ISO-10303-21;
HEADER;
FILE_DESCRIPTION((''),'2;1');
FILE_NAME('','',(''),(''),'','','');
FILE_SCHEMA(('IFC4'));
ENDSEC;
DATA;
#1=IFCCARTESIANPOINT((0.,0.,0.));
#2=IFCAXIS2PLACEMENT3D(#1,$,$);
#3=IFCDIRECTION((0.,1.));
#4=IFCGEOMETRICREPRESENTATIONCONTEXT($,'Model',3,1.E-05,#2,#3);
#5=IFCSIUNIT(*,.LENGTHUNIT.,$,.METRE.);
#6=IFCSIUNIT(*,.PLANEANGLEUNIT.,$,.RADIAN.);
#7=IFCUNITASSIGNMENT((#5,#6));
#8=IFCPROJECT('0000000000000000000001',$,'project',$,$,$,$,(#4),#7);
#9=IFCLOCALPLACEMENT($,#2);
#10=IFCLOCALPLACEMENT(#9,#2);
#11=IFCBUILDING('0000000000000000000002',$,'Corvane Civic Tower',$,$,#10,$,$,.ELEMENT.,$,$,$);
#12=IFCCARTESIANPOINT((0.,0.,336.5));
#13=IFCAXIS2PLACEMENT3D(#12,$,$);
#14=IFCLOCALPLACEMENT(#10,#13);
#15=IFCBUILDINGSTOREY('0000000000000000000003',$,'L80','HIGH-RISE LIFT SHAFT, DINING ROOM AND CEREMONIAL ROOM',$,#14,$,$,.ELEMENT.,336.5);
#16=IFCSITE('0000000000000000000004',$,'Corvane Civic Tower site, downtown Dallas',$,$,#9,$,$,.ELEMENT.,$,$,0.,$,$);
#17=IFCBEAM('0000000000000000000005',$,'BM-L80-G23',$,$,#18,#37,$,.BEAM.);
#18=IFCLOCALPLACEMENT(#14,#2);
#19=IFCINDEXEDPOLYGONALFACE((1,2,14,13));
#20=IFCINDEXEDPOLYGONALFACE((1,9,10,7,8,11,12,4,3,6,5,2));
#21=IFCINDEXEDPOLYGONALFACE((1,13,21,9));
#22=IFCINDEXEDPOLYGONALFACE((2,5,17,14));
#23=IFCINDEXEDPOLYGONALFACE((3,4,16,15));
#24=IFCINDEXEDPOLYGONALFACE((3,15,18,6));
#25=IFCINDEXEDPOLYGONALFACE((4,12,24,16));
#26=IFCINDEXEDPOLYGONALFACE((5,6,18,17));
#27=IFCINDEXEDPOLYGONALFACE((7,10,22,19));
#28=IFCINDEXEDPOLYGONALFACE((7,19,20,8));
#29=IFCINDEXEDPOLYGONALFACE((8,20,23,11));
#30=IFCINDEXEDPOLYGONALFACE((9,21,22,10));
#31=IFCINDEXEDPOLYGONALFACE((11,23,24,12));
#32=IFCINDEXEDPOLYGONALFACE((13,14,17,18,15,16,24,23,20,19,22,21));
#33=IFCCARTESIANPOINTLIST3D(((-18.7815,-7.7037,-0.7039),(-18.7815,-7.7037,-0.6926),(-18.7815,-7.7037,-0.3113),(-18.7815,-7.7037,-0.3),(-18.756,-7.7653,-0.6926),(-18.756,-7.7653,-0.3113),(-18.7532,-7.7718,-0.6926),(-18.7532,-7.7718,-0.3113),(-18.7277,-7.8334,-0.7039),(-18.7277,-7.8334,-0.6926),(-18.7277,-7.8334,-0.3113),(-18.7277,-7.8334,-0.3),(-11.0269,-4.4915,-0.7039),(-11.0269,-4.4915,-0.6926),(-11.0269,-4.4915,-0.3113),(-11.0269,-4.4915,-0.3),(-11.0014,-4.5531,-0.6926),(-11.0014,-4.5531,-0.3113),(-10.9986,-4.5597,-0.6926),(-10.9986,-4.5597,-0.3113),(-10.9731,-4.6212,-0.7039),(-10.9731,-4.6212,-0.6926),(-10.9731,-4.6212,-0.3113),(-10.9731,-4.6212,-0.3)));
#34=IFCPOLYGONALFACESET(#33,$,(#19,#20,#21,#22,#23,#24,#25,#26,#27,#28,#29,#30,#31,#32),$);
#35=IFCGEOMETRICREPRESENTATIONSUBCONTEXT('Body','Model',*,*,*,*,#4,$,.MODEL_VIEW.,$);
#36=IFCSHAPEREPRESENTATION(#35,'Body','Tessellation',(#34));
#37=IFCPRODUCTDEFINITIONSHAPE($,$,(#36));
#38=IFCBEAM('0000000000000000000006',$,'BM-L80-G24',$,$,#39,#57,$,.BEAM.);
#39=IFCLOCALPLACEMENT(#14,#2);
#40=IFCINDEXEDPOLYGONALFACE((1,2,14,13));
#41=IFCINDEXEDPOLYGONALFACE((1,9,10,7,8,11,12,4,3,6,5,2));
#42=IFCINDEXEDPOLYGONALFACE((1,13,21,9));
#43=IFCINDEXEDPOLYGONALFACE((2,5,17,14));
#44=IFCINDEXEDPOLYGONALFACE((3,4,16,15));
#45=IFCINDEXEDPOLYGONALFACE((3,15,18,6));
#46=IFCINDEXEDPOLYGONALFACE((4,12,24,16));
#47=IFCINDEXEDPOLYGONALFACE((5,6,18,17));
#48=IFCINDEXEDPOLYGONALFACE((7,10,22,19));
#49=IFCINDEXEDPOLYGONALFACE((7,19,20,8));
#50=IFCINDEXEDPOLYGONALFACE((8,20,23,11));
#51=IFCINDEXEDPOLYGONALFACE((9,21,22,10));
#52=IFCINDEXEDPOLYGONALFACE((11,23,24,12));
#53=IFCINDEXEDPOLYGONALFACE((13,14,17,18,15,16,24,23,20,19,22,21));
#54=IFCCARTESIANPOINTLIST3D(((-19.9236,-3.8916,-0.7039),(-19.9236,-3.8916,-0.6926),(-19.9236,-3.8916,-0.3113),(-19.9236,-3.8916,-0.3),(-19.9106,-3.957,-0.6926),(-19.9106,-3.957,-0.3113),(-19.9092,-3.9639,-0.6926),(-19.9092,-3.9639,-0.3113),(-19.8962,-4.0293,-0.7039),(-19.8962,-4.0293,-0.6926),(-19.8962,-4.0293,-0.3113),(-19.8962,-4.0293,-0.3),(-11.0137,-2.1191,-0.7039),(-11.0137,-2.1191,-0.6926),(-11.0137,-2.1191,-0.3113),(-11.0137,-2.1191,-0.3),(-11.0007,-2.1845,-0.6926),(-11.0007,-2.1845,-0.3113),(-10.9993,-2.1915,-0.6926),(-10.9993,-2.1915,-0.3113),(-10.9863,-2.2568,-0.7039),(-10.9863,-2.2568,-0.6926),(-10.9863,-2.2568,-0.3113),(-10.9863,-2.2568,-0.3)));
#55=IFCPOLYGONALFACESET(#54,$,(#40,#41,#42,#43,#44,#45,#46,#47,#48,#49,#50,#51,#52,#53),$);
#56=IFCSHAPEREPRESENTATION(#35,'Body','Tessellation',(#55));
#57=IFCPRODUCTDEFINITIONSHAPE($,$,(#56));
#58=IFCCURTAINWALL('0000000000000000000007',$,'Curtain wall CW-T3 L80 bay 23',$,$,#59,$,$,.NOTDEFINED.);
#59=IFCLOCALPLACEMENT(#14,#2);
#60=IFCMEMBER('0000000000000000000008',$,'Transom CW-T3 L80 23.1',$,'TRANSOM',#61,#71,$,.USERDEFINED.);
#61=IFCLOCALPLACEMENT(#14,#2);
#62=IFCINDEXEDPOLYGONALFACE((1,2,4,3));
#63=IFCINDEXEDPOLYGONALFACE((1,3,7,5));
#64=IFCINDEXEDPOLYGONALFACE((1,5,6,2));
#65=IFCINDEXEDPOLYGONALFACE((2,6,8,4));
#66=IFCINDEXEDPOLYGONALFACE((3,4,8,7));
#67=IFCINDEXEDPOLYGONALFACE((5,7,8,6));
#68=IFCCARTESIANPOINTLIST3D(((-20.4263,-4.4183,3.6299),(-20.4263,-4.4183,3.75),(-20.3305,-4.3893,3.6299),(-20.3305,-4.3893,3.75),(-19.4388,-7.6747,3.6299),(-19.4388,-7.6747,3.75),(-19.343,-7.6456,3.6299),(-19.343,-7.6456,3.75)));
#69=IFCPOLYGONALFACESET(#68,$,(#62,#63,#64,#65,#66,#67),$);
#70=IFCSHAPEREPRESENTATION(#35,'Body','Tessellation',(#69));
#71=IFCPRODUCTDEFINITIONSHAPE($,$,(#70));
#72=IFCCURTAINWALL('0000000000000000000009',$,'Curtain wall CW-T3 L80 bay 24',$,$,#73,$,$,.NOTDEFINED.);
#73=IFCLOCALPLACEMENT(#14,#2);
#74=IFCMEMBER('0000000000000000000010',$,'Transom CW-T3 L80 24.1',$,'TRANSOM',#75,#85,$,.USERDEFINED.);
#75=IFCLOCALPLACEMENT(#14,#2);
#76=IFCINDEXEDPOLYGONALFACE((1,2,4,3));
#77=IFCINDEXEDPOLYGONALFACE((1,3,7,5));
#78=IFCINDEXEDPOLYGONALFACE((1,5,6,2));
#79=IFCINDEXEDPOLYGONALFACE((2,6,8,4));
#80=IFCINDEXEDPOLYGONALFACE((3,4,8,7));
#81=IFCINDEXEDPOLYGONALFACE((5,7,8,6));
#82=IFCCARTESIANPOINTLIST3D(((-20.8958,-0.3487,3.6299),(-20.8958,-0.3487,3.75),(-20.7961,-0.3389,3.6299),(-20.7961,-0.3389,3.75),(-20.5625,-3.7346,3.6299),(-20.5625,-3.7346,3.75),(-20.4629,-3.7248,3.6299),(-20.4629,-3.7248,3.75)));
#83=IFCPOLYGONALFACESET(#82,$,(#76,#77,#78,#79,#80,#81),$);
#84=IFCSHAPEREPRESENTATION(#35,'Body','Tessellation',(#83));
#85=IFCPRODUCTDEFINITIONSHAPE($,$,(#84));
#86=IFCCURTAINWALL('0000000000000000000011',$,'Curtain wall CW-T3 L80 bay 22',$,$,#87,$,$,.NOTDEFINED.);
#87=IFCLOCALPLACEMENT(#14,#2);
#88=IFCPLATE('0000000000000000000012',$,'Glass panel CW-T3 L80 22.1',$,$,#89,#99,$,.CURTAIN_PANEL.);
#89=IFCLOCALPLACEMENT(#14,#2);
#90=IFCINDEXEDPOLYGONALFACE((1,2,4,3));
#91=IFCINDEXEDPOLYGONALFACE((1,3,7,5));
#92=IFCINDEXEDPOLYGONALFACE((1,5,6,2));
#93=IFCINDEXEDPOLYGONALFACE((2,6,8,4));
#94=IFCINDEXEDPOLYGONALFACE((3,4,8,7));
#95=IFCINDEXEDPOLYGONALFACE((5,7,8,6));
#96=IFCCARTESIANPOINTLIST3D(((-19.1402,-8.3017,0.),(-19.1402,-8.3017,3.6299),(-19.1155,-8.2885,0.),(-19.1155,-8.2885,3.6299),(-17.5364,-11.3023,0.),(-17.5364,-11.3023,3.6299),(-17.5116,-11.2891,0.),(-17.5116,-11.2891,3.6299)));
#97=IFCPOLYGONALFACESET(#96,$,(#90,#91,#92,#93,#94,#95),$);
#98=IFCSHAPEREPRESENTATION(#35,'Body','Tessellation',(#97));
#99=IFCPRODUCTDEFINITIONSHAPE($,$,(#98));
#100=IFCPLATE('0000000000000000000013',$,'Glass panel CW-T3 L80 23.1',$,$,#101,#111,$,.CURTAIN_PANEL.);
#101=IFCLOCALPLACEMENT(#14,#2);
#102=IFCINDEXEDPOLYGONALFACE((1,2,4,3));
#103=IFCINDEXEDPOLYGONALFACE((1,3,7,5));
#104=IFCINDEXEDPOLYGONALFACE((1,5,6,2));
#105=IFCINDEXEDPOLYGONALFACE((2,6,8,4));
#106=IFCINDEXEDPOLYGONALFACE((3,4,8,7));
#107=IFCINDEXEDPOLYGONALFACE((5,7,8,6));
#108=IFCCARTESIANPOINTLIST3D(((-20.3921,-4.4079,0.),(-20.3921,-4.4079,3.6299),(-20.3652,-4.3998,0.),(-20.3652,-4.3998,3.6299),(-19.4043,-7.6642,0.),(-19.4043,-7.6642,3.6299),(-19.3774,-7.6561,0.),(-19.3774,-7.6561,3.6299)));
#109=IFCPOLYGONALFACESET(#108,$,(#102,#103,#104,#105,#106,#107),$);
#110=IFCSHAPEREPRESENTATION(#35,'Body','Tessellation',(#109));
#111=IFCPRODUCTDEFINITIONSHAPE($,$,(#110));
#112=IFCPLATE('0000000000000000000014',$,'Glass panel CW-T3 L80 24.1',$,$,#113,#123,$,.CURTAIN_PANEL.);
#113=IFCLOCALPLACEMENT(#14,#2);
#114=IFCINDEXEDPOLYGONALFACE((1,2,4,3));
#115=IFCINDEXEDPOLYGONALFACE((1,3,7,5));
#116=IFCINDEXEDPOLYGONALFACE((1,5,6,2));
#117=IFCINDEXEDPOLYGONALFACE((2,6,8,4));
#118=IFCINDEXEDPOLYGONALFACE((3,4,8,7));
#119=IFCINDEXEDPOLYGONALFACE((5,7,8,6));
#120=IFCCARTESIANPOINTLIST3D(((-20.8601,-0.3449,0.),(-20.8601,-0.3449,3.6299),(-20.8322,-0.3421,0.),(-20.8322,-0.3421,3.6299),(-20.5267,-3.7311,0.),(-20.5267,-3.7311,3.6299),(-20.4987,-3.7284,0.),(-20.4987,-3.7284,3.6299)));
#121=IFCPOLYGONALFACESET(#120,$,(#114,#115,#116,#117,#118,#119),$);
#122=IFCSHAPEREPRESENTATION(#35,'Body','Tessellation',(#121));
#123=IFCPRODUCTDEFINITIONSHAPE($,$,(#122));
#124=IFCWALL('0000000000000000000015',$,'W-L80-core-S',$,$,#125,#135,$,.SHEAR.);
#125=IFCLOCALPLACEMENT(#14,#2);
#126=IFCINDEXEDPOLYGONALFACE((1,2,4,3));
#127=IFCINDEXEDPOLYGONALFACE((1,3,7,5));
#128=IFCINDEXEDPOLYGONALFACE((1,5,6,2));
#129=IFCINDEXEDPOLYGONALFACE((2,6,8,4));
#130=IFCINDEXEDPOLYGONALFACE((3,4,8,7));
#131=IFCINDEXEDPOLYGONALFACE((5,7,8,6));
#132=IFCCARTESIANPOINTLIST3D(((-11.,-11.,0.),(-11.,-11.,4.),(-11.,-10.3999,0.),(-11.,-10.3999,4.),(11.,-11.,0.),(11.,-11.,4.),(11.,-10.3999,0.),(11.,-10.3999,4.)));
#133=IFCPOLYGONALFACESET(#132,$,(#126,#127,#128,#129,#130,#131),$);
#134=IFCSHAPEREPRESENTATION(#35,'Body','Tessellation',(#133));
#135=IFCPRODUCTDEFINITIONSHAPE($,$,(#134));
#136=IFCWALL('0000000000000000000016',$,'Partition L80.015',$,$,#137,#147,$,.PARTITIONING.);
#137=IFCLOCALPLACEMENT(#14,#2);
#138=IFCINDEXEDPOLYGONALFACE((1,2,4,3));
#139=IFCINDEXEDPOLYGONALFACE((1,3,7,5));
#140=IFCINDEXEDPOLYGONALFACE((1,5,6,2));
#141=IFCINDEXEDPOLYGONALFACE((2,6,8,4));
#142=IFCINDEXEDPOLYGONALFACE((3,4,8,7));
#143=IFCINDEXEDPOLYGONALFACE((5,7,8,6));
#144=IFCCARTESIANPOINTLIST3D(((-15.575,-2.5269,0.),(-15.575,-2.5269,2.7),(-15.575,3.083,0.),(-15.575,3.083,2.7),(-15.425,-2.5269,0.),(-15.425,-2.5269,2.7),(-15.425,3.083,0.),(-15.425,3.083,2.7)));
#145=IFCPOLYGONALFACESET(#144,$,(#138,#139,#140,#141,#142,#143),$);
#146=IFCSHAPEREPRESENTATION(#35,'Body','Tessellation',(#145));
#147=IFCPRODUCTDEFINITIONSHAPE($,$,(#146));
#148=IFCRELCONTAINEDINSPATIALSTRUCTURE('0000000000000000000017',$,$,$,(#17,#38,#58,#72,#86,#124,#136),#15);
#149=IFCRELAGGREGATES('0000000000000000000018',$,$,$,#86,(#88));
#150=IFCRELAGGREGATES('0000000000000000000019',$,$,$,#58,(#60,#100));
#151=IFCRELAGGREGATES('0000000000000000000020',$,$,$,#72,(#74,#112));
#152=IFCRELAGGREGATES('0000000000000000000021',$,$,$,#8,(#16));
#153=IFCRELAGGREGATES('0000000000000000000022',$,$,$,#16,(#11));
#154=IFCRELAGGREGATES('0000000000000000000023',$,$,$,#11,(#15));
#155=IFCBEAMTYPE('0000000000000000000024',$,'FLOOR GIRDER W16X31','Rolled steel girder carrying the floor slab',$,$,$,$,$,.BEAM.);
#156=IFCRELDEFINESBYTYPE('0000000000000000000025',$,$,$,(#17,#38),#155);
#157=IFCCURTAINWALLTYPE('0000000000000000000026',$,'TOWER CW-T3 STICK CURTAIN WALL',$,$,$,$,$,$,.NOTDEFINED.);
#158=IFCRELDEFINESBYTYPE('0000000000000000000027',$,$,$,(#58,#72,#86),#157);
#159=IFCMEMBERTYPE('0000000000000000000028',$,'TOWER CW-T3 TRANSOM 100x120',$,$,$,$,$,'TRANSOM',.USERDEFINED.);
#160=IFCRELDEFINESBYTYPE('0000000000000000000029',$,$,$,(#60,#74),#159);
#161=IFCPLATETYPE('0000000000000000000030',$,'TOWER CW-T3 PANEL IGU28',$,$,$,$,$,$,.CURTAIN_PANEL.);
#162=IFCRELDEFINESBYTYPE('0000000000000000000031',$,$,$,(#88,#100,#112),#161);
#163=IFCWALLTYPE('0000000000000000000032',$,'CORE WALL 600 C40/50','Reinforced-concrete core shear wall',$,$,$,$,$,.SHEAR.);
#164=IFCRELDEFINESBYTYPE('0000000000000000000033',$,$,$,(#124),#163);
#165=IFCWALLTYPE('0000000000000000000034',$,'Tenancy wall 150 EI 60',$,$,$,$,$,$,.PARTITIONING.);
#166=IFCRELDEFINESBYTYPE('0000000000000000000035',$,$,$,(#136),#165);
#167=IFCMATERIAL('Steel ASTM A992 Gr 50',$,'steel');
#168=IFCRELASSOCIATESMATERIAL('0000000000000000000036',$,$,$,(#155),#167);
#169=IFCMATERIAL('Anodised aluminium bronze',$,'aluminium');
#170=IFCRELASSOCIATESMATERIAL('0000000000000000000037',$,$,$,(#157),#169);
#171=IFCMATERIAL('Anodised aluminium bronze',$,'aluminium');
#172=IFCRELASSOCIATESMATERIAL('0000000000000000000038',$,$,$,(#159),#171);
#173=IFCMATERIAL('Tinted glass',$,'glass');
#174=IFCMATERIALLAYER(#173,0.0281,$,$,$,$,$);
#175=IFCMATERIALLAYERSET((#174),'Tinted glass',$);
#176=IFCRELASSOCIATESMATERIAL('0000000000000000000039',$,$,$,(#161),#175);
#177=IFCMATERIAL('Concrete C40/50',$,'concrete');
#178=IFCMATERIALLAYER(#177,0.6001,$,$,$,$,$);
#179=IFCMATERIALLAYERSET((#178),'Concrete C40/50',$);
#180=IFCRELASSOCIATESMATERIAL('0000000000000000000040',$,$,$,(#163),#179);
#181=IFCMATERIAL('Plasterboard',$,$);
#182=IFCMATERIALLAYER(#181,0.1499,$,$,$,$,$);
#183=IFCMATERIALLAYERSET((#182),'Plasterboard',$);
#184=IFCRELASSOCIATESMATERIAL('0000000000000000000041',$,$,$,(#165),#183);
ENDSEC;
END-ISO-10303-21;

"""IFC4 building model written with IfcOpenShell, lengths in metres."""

from ifc_helpers import new_model, si_unit, direction, frame, frame_2d, origin, origin_2d, place, context, subcontext, project, spatial, rectangle, i_section, extrude, material, layer, layer_set, material_profile, profile_set, type_object, element, aggregate, save


model = new_model("IFC4")

# Units and contexts
model_context = context("Model", 3, precision=1e-05, world=origin(), true_north=direction((0.0, 1.0)))
body_context = subcontext(model_context, "Body", "Model", "MODEL_VIEW")
ifc_project = project(units=[si_unit("LENGTHUNIT", "METRE"), si_unit("PLANEANGLEUNIT", "RADIAN")], contexts=[model_context])

# Site, building, storey
site_placement = place(None, origin())
site = spatial("IfcSite", under=ifc_project, at=site_placement, Name="Corvane Civic Tower site, downtown Dallas", CompositionType="ELEMENT", RefElevation=0.0)
building_placement = place(site_placement, origin())
building = spatial("IfcBuilding", under=site, at=building_placement, Name="Corvane Civic Tower", CompositionType="ELEMENT")
storey_placement = place(building_placement, frame((0.0, 0.0, 336.5)))
storey = spatial("IfcBuildingStorey", under=building, at=storey_placement, Name="L80", Description="HIGH-RISE LIFT SHAFT, DINING ROOM AND CEREMONIAL ROOM", CompositionType="ELEMENT", Elevation=336.5)

# Beams
ifc_material_1 = material(Name="Steel ASTM A992 Gr 50", Category="steel")
ifc_material_profile_1 = material_profile(ifc_material_1, i_section(OverallWidth=0.1404, OverallDepth=0.4038, WebThickness=0.0071, FlangeThickness=0.0112, at=origin_2d()), Name="W16X31")
ifc_profile_set_1 = profile_set([ifc_material_profile_1], Name="Steel ASTM A992 Gr 50")
beam_type_1 = type_object("IfcBeamType", Name="FLOOR GIRDER W16X31", Description="Rolled steel girder carrying the floor slab", PredefinedType="BEAM", material=ifc_profile_set_1)
beam_1_placement = place(storey_placement, frame((-11.0, -4.5564, -0.502), z_axis=(-0.923876, -0.382692, 0.0), x_axis=(0.382692, -0.923876, 0.0)))
element("IfcBeam", 1, at=beam_1_placement, inside=storey, type_object=beam_type_1, Name="BM-L80-G23", PredefinedType="BEAM", context=body_context, shape_type="SweptSolid", body=[
    extrude(i_section(OverallWidth=0.1404, OverallDepth=0.4038, WebThickness=0.0071, FlangeThickness=0.0112, at=origin_2d()), origin(), (0.0, 0.0, 1.0), 8.3936),
])
beam_2_placement = place(storey_placement, frame((-11.0, -2.188, -0.502), z_axis=(-0.980782, -0.195108, 0.0), x_axis=(0.195108, -0.980782, 0.0)))
element("IfcBeam", 2, at=beam_2_placement, inside=storey, type_object=beam_type_1, Name="BM-L80-G24", PredefinedType="BEAM", context=body_context, shape_type="SweptSolid", body=[
    extrude(i_section(OverallWidth=0.1404, OverallDepth=0.4038, WebThickness=0.0071, FlangeThickness=0.0112, at=origin_2d()), origin(), (0.0, 0.0, 1.0), 9.0845),
])

# Curtain walls, members
ifc_material_2 = material(Name="Anodised aluminium bronze", Category="aluminium")
curtain_wall_type = type_object("IfcCurtainWallType", Name="TOWER CW-T3 STICK CURTAIN WALL", PredefinedType="NOTDEFINED", material=ifc_material_2)
curtain_wall_1_placement = place(storey_placement, origin())
curtain_wall_1 = element("IfcCurtainWall", 3, at=curtain_wall_1_placement, inside=storey, type_object=curtain_wall_type, Name="Curtain wall CW-T3 L80 bay 23", PredefinedType="NOTDEFINED")
ifc_material_3 = material(Name="Anodised aluminium bronze", Category="aluminium")
ifc_material_profile_2 = material_profile(ifc_material_3, rectangle(XDim=0.1001, YDim=0.1201, at=origin_2d()), Name="TOWER CW-T3 TRANSOM 100x120")
ifc_profile_set_2 = profile_set([ifc_material_profile_2], Name="Anodised aluminium bronze")
member_type = type_object("IfcMemberType", Name="TOWER CW-T3 TRANSOM 100x120", ElementType="TRANSOM", PredefinedType="USERDEFINED", material=ifc_profile_set_2)
member_1_placement = place(storey_placement, frame((-19.3909, -7.6602, 3.6899), z_axis=(-0.290216, 0.956961, 0.0), x_axis=(-0.956961, -0.290216, 0.0)))
member_1 = element("IfcMember", 4, at=member_1_placement, type_object=member_type, Name="Transom CW-T3 L80 23.1", ObjectType="TRANSOM", PredefinedType="USERDEFINED", context=body_context, shape_type="SweptSolid", body=[
    extrude(rectangle(XDim=0.1001, YDim=0.1201, at=origin_2d()), origin(), (0.0, 0.0, 1.0), 3.4028),
])
curtain_wall_2_placement = place(storey_placement, origin())
curtain_wall_2 = element("IfcCurtainWall", 5, at=curtain_wall_2_placement, inside=storey, type_object=curtain_wall_type, Name="Curtain wall CW-T3 L80 bay 24", PredefinedType="NOTDEFINED")
member_2_placement = place(storey_placement, frame((-20.5127, -3.7297, 3.6899), z_axis=(-0.097948, 0.995192, 0.0), x_axis=(-0.995192, -0.097948, 0.0)))
member_2 = element("IfcMember", 6, at=member_2_placement, type_object=member_type, Name="Transom CW-T3 L80 24.1", ObjectType="TRANSOM", PredefinedType="USERDEFINED", context=body_context, shape_type="SweptSolid", body=[
    extrude(rectangle(XDim=0.1001, YDim=0.1201, at=origin_2d()), origin(), (0.0, 0.0, 1.0), 3.4023),
])

# Curtain wall, plate
curtain_wall_3_placement = place(storey_placement, origin())
curtain_wall_3 = element("IfcCurtainWall", 7, at=curtain_wall_3_placement, inside=storey, type_object=curtain_wall_type, Name="Curtain wall CW-T3 L80 bay 22", PredefinedType="NOTDEFINED")
ifc_material_4 = material(Name="Tinted glass", Category="glass")
ifc_layer_1 = layer(ifc_material_4, 0.0281)
ifc_layer_set_1 = layer_set([ifc_layer_1], Name="Tinted glass")
plate_type = type_object("IfcPlateType", Name="TOWER CW-T3 PANEL IGU28", PredefinedType="CURTAIN_PANEL", material=ifc_layer_set_1)
plate_1_placement = place(storey_placement, frame((-18.3259, -9.7954, 0.0), z_axis=(0.0, 0.0, 1.0), x_axis=(-0.471384, 0.881928, 0.0)))
plate_1 = element("IfcPlate", 8, at=plate_1_placement, type_object=plate_type, Name="Glass panel CW-T3 L80 22.1", PredefinedType="CURTAIN_PANEL", context=body_context, shape_type="SweptSolid", body=[
    extrude(rectangle(XDim=3.4023, YDim=0.0281, at=origin_2d()), origin(), (0.0, 0.0, 1.0), 3.6299),
])
aggregate(curtain_wall_3, [plate_1])

# Plates
plate_2_placement = place(storey_placement, frame((-19.8848, -6.032, 0.0), z_axis=(0.0, 0.0, 1.0), x_axis=(-0.29029, 0.956939, 0.0)))
plate_2 = element("IfcPlate", 9, at=plate_2_placement, type_object=plate_type, Name="Glass panel CW-T3 L80 23.1", PredefinedType="CURTAIN_PANEL", context=body_context, shape_type="SweptSolid", body=[
    extrude(rectangle(XDim=3.4028, YDim=0.0281, at=origin_2d()), origin(), (0.0, 0.0, 1.0), 3.6299),
])
aggregate(curtain_wall_1, [member_1, plate_2])
plate_3_placement = place(storey_placement, frame((-20.6794, -2.0366, 0.0), z_axis=(0.0, 0.0, 1.0), x_axis=(-0.097998, 0.995187, 0.0)))
plate_3 = element("IfcPlate", 10, at=plate_3_placement, type_object=plate_type, Name="Glass panel CW-T3 L80 24.1", PredefinedType="CURTAIN_PANEL", context=body_context, shape_type="SweptSolid", body=[
    extrude(rectangle(XDim=3.4026, YDim=0.0281, at=origin_2d()), origin(), (0.0, 0.0, 1.0), 3.6299),
])
aggregate(curtain_wall_2, [member_2, plate_3])

# Walls
ifc_material_5 = material(Name="Concrete C40/50", Category="concrete")
ifc_layer_2 = layer(ifc_material_5, 0.6001)
ifc_layer_set_2 = layer_set([ifc_layer_2], Name="Concrete C40/50")
wall_type_1 = type_object("IfcWallType", Name="CORE WALL 600 C40/50", Description="Reinforced-concrete core shear wall", PredefinedType="SHEAR", material=ifc_layer_set_2)
wall_1_placement = place(storey_placement, frame((-11.0, -10.7, 0.0), z_axis=(0.0, 0.0, 1.0), x_axis=(1.0, 0.0, 0.0)))
element("IfcWall", 11, at=wall_1_placement, inside=storey, type_object=wall_type_1, Name="W-L80-core-S", PredefinedType="SHEAR", context=body_context, shape_type="SweptSolid", body=[
    extrude(rectangle(XDim=22.0, YDim=0.6001, at=frame_2d((11.0, 0.0))), origin(), (0.0, 0.0, 1.0), 4.0),
])
ifc_material_6 = material(Name="Plasterboard")
ifc_layer_3 = layer(ifc_material_6, 0.1499)
ifc_layer_set_3 = layer_set([ifc_layer_3], Name="Plasterboard")
wall_type_2 = type_object("IfcWallType", Name="Tenancy wall 150 EI 60", PredefinedType="PARTITIONING", material=ifc_layer_set_3)
wall_2_placement = place(storey_placement, frame((-15.5, -2.5269, 0.0), z_axis=(0.0, 0.0, 1.0), x_axis=(0.0, 1.0, 0.0)))
element("IfcWall", 12, at=wall_2_placement, inside=storey, type_object=wall_type_2, Name="Partition L80.015", PredefinedType="PARTITIONING", context=body_context, shape_type="SweptSolid", body=[
    extrude(rectangle(XDim=5.6099, YDim=0.1499, at=frame_2d((2.8049, 0.0))), origin(), (0.0, 0.0, 1.0), 2.7),
])

save(model, "model.ifc")
